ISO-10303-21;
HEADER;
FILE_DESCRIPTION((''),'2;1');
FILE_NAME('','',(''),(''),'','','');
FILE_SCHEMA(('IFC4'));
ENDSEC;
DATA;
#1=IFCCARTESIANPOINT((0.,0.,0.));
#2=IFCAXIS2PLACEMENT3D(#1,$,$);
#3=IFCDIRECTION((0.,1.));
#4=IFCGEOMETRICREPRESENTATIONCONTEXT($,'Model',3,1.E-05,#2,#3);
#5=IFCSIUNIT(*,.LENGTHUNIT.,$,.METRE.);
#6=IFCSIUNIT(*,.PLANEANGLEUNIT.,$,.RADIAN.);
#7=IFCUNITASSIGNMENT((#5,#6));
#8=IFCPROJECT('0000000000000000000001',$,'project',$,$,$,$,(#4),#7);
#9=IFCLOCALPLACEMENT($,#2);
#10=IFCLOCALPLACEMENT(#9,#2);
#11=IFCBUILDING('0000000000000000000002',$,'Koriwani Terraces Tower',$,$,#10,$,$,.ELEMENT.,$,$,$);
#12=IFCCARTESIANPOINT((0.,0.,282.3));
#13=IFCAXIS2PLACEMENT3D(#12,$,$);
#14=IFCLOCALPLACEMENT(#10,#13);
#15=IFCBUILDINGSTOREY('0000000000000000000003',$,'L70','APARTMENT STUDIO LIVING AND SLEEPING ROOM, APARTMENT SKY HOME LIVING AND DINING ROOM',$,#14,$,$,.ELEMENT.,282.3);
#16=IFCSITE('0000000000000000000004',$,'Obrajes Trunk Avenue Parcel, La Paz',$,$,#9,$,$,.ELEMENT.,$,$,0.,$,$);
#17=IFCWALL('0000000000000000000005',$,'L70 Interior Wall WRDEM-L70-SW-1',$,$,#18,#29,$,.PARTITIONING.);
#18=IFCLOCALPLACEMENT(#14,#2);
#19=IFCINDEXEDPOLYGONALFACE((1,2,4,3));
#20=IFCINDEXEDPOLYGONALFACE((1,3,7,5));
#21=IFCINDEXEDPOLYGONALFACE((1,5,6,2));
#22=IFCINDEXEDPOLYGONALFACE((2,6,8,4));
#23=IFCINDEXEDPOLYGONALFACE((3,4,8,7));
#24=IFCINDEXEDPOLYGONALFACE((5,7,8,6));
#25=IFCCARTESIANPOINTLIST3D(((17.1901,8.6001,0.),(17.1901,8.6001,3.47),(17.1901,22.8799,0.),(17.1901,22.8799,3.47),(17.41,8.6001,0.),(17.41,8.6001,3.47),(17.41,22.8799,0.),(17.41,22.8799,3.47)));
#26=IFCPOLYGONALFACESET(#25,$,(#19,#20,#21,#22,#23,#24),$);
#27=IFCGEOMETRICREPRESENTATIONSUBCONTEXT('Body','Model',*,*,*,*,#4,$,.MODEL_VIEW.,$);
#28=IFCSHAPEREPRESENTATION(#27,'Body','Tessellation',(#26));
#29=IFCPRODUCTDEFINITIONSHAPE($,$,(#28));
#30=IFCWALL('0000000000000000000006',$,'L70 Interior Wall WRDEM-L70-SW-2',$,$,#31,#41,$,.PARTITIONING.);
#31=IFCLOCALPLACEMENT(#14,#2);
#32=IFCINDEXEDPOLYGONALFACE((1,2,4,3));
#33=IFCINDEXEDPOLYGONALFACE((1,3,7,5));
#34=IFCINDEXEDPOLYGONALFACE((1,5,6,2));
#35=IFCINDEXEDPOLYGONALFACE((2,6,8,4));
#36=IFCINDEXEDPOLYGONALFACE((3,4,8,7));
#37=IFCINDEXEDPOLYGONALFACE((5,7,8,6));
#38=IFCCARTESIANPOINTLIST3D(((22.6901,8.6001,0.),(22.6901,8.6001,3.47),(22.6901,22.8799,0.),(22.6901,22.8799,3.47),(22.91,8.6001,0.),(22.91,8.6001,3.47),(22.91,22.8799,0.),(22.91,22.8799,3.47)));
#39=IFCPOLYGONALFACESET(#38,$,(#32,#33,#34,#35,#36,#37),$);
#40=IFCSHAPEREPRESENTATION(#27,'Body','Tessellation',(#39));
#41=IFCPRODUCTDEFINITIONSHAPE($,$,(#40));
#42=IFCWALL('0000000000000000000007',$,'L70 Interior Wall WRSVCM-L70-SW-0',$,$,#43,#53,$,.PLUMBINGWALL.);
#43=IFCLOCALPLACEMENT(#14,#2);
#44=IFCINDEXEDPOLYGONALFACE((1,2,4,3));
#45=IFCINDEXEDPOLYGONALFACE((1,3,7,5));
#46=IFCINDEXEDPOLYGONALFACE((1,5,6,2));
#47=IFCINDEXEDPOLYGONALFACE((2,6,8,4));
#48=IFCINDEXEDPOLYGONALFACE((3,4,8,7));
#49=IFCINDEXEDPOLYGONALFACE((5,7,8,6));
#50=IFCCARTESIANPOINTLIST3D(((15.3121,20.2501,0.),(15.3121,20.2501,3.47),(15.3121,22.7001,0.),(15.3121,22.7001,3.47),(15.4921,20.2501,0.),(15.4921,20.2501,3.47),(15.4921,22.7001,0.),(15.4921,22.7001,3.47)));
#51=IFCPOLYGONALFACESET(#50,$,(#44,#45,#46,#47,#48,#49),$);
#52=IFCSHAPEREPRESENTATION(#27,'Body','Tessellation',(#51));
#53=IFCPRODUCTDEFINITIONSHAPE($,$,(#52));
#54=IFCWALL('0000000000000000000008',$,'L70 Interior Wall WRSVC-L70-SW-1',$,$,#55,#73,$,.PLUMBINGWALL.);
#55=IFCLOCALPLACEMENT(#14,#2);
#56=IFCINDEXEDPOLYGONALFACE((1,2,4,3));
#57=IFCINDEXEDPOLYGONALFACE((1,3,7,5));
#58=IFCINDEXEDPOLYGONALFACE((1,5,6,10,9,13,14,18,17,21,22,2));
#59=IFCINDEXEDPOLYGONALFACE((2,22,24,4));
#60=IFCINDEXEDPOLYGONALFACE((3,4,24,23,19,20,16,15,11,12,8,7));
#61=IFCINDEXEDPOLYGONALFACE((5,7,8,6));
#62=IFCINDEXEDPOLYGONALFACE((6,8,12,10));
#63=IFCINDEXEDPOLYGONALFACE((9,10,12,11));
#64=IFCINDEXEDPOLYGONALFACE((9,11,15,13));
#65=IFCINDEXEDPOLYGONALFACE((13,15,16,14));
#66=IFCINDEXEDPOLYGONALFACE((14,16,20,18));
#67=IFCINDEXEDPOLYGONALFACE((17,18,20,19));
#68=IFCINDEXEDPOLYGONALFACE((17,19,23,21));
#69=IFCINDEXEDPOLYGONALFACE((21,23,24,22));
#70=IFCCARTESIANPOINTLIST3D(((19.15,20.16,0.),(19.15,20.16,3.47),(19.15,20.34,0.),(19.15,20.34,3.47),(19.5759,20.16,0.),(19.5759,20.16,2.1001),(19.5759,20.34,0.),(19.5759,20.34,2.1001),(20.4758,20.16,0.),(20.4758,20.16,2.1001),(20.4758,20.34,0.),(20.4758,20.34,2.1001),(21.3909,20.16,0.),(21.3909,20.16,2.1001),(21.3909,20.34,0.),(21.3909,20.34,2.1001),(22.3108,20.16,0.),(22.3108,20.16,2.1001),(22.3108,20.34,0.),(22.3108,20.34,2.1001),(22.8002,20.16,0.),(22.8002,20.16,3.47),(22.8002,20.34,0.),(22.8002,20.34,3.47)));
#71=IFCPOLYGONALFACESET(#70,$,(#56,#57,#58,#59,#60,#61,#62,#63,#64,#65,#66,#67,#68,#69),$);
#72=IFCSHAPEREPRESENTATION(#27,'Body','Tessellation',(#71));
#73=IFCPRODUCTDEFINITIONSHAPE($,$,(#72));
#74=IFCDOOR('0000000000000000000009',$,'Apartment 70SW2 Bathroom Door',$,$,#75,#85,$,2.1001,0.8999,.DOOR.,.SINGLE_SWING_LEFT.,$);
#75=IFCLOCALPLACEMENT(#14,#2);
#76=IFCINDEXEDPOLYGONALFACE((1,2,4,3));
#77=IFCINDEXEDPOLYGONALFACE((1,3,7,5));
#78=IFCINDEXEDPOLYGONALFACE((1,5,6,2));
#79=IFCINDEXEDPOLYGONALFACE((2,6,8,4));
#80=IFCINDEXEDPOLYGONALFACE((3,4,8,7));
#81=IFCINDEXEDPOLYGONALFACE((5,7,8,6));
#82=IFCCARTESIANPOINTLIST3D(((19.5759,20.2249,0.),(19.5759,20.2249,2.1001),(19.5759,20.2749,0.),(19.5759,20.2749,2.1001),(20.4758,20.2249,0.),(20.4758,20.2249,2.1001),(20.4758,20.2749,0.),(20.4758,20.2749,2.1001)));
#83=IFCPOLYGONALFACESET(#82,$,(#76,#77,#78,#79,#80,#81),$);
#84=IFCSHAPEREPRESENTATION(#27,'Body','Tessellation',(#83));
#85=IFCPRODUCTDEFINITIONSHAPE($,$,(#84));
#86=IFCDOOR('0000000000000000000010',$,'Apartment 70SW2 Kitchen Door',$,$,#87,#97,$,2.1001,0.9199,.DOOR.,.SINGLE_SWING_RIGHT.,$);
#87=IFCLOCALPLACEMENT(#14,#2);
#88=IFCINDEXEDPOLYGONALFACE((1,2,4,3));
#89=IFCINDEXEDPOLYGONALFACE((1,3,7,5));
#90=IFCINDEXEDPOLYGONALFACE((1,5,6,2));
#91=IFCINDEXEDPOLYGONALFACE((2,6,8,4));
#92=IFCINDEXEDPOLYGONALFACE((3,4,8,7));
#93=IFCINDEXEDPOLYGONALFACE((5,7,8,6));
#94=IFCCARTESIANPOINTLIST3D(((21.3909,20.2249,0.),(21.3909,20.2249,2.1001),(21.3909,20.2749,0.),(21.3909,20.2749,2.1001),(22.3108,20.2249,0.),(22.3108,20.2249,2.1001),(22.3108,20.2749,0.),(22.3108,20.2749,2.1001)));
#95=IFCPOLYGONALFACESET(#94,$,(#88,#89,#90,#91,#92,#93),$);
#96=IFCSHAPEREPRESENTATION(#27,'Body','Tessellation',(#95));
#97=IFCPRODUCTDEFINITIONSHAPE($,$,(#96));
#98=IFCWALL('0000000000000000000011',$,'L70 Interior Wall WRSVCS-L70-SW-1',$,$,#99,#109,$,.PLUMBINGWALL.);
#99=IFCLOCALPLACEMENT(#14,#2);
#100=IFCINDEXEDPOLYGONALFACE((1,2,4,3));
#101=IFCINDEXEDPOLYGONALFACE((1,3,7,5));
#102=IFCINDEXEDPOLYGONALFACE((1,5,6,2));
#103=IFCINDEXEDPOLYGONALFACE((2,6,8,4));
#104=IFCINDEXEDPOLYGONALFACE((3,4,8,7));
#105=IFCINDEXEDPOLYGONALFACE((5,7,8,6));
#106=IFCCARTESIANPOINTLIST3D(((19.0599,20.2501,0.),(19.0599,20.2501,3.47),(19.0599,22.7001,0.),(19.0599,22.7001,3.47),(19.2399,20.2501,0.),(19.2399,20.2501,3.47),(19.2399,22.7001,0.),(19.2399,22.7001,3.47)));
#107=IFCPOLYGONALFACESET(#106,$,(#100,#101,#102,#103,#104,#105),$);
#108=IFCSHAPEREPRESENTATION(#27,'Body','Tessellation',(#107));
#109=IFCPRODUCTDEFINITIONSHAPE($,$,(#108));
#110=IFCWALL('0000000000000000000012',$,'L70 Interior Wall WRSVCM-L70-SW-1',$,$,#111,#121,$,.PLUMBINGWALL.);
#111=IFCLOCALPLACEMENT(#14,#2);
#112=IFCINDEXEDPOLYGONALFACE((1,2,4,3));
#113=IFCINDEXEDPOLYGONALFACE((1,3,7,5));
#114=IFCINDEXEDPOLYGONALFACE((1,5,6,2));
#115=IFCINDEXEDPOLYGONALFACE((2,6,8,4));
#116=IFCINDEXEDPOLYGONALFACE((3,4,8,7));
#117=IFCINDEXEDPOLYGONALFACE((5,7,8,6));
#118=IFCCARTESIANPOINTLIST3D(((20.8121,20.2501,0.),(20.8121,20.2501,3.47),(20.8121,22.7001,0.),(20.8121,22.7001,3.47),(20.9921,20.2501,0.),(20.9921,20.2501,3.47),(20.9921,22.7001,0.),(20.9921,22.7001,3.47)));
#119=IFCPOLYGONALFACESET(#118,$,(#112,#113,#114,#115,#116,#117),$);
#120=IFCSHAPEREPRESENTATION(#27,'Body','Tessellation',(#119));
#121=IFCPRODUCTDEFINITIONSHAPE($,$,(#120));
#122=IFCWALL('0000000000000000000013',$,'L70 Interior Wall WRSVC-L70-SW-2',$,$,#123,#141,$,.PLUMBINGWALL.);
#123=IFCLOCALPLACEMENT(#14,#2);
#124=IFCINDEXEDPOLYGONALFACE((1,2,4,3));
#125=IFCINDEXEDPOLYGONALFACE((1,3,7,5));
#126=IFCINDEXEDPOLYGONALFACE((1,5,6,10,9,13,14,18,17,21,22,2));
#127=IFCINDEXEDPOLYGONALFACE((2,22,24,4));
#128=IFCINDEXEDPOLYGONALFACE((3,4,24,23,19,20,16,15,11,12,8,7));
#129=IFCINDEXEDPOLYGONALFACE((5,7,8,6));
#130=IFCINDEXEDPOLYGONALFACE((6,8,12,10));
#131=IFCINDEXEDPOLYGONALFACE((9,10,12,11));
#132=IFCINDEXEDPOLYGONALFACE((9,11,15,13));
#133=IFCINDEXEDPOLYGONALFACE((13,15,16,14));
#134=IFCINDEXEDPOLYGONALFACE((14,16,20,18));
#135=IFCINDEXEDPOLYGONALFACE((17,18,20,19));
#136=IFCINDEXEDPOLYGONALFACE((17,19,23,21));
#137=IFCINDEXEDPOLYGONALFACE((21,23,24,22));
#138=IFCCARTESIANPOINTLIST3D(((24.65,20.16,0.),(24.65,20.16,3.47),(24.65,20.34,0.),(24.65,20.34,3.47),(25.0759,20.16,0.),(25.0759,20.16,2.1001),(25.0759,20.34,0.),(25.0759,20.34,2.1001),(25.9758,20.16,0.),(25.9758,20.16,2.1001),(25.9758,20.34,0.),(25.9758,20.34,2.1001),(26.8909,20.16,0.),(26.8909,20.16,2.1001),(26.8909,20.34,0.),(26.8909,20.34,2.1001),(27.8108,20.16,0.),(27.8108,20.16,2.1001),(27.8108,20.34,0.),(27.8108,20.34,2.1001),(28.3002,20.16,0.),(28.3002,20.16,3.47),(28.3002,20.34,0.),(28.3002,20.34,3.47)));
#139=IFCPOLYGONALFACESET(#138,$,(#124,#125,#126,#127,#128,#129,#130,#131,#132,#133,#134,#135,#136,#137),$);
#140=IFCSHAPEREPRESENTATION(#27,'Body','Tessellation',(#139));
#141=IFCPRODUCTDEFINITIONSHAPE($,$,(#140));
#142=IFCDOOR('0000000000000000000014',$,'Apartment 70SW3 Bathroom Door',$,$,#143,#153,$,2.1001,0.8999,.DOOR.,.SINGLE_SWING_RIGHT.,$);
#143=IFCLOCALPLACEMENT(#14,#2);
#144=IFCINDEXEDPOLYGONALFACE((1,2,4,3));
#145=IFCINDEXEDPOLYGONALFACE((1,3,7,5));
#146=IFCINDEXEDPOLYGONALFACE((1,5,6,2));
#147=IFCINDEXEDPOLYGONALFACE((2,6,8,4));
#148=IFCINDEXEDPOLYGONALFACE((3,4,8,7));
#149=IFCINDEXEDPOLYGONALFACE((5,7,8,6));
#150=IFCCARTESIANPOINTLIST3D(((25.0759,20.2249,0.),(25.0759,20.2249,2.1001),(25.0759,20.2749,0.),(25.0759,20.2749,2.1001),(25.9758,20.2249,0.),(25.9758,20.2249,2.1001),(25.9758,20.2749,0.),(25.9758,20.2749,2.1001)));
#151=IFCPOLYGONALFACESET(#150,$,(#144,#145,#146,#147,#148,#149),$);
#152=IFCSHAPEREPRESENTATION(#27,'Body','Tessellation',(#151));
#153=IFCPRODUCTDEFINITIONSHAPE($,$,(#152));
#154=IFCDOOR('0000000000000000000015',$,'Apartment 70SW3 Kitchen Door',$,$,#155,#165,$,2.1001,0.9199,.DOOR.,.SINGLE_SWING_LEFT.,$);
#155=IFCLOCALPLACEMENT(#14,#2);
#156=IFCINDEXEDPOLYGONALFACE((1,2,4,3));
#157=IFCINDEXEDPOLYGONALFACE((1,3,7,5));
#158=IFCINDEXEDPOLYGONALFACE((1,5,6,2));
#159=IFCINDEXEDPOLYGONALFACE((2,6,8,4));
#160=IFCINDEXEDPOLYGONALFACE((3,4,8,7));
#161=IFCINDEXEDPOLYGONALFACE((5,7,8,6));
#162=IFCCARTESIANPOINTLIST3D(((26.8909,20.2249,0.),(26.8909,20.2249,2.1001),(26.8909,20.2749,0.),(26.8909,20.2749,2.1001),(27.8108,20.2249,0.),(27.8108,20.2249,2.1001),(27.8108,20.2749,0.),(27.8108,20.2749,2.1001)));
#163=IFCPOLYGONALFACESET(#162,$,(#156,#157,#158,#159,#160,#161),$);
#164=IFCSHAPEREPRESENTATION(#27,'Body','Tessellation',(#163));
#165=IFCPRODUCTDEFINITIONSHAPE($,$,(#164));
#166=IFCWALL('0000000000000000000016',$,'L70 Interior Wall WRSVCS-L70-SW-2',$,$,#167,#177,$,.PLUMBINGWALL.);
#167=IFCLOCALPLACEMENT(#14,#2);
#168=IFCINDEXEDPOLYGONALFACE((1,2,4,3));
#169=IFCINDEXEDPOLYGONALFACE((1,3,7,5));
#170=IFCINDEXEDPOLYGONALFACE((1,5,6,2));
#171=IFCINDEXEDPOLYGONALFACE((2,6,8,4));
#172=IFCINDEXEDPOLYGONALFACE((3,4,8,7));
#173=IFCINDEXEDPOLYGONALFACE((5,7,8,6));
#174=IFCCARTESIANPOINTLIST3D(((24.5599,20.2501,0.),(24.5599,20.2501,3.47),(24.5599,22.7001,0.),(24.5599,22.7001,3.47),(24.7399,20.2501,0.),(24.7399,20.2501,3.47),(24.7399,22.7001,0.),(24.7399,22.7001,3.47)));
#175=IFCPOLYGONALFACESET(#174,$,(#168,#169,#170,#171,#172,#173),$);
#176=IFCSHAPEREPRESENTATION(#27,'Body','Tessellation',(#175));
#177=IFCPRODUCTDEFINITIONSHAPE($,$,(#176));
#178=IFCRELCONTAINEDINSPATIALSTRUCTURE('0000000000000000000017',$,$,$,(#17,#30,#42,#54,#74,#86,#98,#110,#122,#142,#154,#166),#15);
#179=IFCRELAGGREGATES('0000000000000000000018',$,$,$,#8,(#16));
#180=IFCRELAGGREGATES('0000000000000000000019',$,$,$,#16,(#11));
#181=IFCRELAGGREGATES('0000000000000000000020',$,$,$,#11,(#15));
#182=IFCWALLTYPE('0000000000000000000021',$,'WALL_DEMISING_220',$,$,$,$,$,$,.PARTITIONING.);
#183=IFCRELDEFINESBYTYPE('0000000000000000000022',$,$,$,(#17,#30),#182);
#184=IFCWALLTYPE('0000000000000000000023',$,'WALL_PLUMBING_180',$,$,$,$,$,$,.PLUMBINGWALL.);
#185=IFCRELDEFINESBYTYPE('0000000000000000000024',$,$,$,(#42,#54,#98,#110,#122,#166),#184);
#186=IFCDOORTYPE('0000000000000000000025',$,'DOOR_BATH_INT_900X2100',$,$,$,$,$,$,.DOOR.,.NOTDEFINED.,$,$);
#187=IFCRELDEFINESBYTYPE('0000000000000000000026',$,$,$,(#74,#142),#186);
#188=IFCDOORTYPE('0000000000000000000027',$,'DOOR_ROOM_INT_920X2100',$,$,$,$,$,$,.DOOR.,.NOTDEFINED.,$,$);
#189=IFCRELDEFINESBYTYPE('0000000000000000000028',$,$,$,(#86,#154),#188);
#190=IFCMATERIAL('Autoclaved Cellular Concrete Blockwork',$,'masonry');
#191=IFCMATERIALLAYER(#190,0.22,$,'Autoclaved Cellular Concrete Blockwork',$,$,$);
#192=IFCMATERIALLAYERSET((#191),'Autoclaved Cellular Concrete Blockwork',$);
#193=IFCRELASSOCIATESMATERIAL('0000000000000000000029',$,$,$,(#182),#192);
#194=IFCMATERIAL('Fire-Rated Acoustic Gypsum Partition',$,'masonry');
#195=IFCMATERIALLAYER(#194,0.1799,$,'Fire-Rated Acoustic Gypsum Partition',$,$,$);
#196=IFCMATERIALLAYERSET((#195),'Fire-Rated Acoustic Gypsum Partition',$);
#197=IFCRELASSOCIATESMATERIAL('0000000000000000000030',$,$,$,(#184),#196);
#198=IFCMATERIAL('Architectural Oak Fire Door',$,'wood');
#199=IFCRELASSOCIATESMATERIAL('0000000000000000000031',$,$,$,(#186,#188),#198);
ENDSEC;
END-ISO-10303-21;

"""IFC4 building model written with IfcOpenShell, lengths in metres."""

from ifc_helpers import new_model, si_unit, direction, frame, frame_2d, origin, place, context, subcontext, project, spatial, rectangle, extrude, material, layer, layer_set, type_object, element, fill, save


model = new_model("IFC4")

# Units and contexts
model_context = context("Model", 3, precision=1e-05, world=origin(), true_north=direction((0.0, 1.0)))
body_context = subcontext(model_context, "Body", "Model", "MODEL_VIEW")
ifc_project = project(units=[si_unit("LENGTHUNIT", "METRE"), si_unit("PLANEANGLEUNIT", "RADIAN")], contexts=[model_context])

# Site, building, storey
site_placement = place(None, origin())
site = spatial("IfcSite", under=ifc_project, at=site_placement, Name="Obrajes Trunk Avenue Parcel, La Paz", CompositionType="ELEMENT", RefElevation=0.0)
building_placement = place(site_placement, origin())
building = spatial("IfcBuilding", under=site, at=building_placement, Name="Koriwani Terraces Tower", CompositionType="ELEMENT")
storey_placement = place(building_placement, frame((0.0, 0.0, 282.3)))
storey = spatial("IfcBuildingStorey", under=building, at=storey_placement, Name="L70", Description="APARTMENT STUDIO LIVING AND SLEEPING ROOM, APARTMENT SKY HOME LIVING AND DINING ROOM", CompositionType="ELEMENT", Elevation=282.3)

# Walls
ifc_material_1 = material(Name="Autoclaved Cellular Concrete Blockwork", Category="masonry")
ifc_layer_1 = layer(ifc_material_1, 0.22, Name="Autoclaved Cellular Concrete Blockwork")
ifc_layer_set_1 = layer_set([ifc_layer_1], Name="Autoclaved Cellular Concrete Blockwork")
wall_type_1 = type_object("IfcWallType", Name="WALL_DEMISING_220", PredefinedType="PARTITIONING", material=ifc_layer_set_1)
for number, where, z_axis, x_axis, name in (
    (1, (17.3, 8.6001, 0.0), (0.0, 0.0, 1.0), (0.0, 1.0, 0.0), "L70 Interior Wall WRDEM-L70-SW-1"),
    (2, (22.8, 8.6001, 0.0), (0.0, 0.0, 1.0), (0.0, 1.0, 0.0), "L70 Interior Wall WRDEM-L70-SW-2"),
):
    element("IfcWall", number, at=place(storey_placement, frame(where, z_axis=z_axis, x_axis=x_axis)), inside=storey, type_object=wall_type_1, Name=name, PredefinedType="PARTITIONING", context=body_context, shape_type="SweptSolid", body=[
        extrude(rectangle(XDim=14.2798, YDim=0.22, at=frame_2d((7.1399, 0.0))), origin(), (0.0, 0.0, 1.0), 3.47),
    ])
ifc_material_2 = material(Name="Fire-Rated Acoustic Gypsum Partition", Category="masonry")
ifc_layer_2 = layer(ifc_material_2, 0.1799, Name="Fire-Rated Acoustic Gypsum Partition")
ifc_layer_set_2 = layer_set([ifc_layer_2], Name="Fire-Rated Acoustic Gypsum Partition")
wall_type_2 = type_object("IfcWallType", Name="WALL_PLUMBING_180", PredefinedType="PLUMBINGWALL", material=ifc_layer_set_2)
wall_1_placement = place(storey_placement, frame((15.4021, 20.25, 0.0), z_axis=(0.0, 0.0, 1.0), x_axis=(0.0, 1.0, 0.0)))
element("IfcWall", 3, at=wall_1_placement, inside=storey, type_object=wall_type_2, Name="L70 Interior Wall WRSVCM-L70-SW-0", PredefinedType="PLUMBINGWALL", context=body_context, shape_type="SweptSolid", body=[
    extrude(rectangle(XDim=2.45, YDim=0.1799, at=frame_2d((1.2251, 0.0))), origin(), (0.0, 0.0, 1.0), 3.47),
])

# Wall, openings, doors
wall_2_placement = place(storey_placement, frame((19.1499, 20.25, 0.0), z_axis=(0.0, 0.0, 1.0), x_axis=(1.0, 0.0, 0.0)))
wall_2 = element("IfcWall", 4, at=wall_2_placement, inside=storey, type_object=wall_type_2, Name="L70 Interior Wall WRSVC-L70-SW-1", PredefinedType="PLUMBINGWALL", context=body_context, shape_type="SweptSolid", body=[
    extrude(rectangle(XDim=3.6501, YDim=0.1799, at=frame_2d((1.8252, 0.0))), origin(), (0.0, 0.0, 1.0), 3.47),
])
opening_1_placement = place(wall_2_placement, frame((0.426, 0.0, 0.0)))
opening_1 = element("IfcOpeningElement", 5, at=opening_1_placement, cuts=wall_2, PredefinedType="OPENING", context=body_context, shape_type="SweptSolid", body=[
    extrude(rectangle(XDim=0.8999, YDim=2.1001, at=frame_2d((0.45, 1.05))), frame((0.0, 0.1001, 0.0), z_axis=(0.0, -1.0, 0.0), x_axis=(1.0, 0.0, 0.0)), (0.0, 0.0, 1.0), 0.2),
])
opening_2_placement = place(wall_2_placement, frame((2.241, 0.0, 0.0)))
opening_2 = element("IfcOpeningElement", 6, at=opening_2_placement, cuts=wall_2, PredefinedType="OPENING", context=body_context, shape_type="SweptSolid", body=[
    extrude(rectangle(XDim=0.9199, YDim=2.1001, at=frame_2d((0.46, 1.05))), frame((0.0, 0.1001, 0.0), z_axis=(0.0, -1.0, 0.0), x_axis=(1.0, 0.0, 0.0)), (0.0, 0.0, 1.0), 0.2),
])
ifc_material_3 = material(Name="Architectural Oak Fire Door", Category="wood")
door_type_1 = type_object("IfcDoorType", Name="DOOR_BATH_INT_900X2100", OperationType="NOTDEFINED", PredefinedType="DOOR", material=ifc_material_3)
door_1_placement = place(opening_1_placement, origin())
door_1 = element("IfcDoor", 7, at=door_1_placement, inside=storey, type_object=door_type_1, Name="Apartment 70SW2 Bathroom Door", OperationType="SINGLE_SWING_LEFT", OverallHeight=2.1001, OverallWidth=0.8999, PredefinedType="DOOR", context=body_context, shape_type="SweptSolid", body=[
    extrude(rectangle(XDim=0.8999, YDim=2.1001, at=frame_2d((0.45, 1.05))), frame((0.0, 0.0249, 0.0), z_axis=(0.0, -1.0, 0.0), x_axis=(1.0, 0.0, 0.0)), (0.0, 0.0, 1.0), 0.05),
])
fill(opening_1, door_1)
door_type_2 = type_object("IfcDoorType", Name="DOOR_ROOM_INT_920X2100", OperationType="NOTDEFINED", PredefinedType="DOOR", material=ifc_material_3)
door_2_placement = place(opening_2_placement, origin())
door_2 = element("IfcDoor", 8, at=door_2_placement, inside=storey, type_object=door_type_2, Name="Apartment 70SW2 Kitchen Door", OperationType="SINGLE_SWING_RIGHT", OverallHeight=2.1001, OverallWidth=0.9199, PredefinedType="DOOR", context=body_context, shape_type="SweptSolid", body=[
    extrude(rectangle(XDim=0.9199, YDim=2.1001, at=frame_2d((0.46, 1.05))), frame((0.0, 0.0249, 0.0), z_axis=(0.0, -1.0, 0.0), x_axis=(1.0, 0.0, 0.0)), (0.0, 0.0, 1.0), 0.05),
])
fill(opening_2, door_2)

# Walls
for number, where, z_axis, x_axis, name in (
    (9, (19.1499, 20.25, 0.0), (0.0, 0.0, 1.0), (0.0, 1.0, 0.0), "L70 Interior Wall WRSVCS-L70-SW-1"),
    (10, (20.9021, 20.25, 0.0), (0.0, 0.0, 1.0), (0.0, 1.0, 0.0), "L70 Interior Wall WRSVCM-L70-SW-1"),
):
    element("IfcWall", number, at=place(storey_placement, frame(where, z_axis=z_axis, x_axis=x_axis)), inside=storey, type_object=wall_type_2, Name=name, PredefinedType="PLUMBINGWALL", context=body_context, shape_type="SweptSolid", body=[
        extrude(rectangle(XDim=2.45, YDim=0.1799, at=frame_2d((1.2251, 0.0))), origin(), (0.0, 0.0, 1.0), 3.47),
    ])

# Wall, openings, doors
wall_3_placement = place(storey_placement, frame((24.6499, 20.25, 0.0), z_axis=(0.0, 0.0, 1.0), x_axis=(1.0, 0.0, 0.0)))
wall_3 = element("IfcWall", 11, at=wall_3_placement, inside=storey, type_object=wall_type_2, Name="L70 Interior Wall WRSVC-L70-SW-2", PredefinedType="PLUMBINGWALL", context=body_context, shape_type="SweptSolid", body=[
    extrude(rectangle(XDim=3.6501, YDim=0.1799, at=frame_2d((1.8252, 0.0))), origin(), (0.0, 0.0, 1.0), 3.47),
])
opening_3_placement = place(wall_3_placement, frame((0.426, 0.0, 0.0)))
opening_3 = element("IfcOpeningElement", 12, at=opening_3_placement, cuts=wall_3, PredefinedType="OPENING", context=body_context, shape_type="SweptSolid", body=[
    extrude(rectangle(XDim=0.8999, YDim=2.1001, at=frame_2d((0.45, 1.05))), frame((0.0, 0.1001, 0.0), z_axis=(0.0, -1.0, 0.0), x_axis=(1.0, 0.0, 0.0)), (0.0, 0.0, 1.0), 0.2),
])
opening_4_placement = place(wall_3_placement, frame((2.241, 0.0, 0.0)))
opening_4 = element("IfcOpeningElement", 13, at=opening_4_placement, cuts=wall_3, PredefinedType="OPENING", context=body_context, shape_type="SweptSolid", body=[
    extrude(rectangle(XDim=0.9199, YDim=2.1001, at=frame_2d((0.46, 1.05))), frame((0.0, 0.1001, 0.0), z_axis=(0.0, -1.0, 0.0), x_axis=(1.0, 0.0, 0.0)), (0.0, 0.0, 1.0), 0.2),
])
door_3_placement = place(opening_3_placement, origin())
door_3 = element("IfcDoor", 14, at=door_3_placement, inside=storey, type_object=door_type_1, Name="Apartment 70SW3 Bathroom Door", OperationType="SINGLE_SWING_RIGHT", OverallHeight=2.1001, OverallWidth=0.8999, PredefinedType="DOOR", context=body_context, shape_type="SweptSolid", body=[
    extrude(rectangle(XDim=0.8999, YDim=2.1001, at=frame_2d((0.45, 1.05))), frame((0.0, 0.0249, 0.0), z_axis=(0.0, -1.0, 0.0), x_axis=(1.0, 0.0, 0.0)), (0.0, 0.0, 1.0), 0.05),
])
fill(opening_3, door_3)
door_4_placement = place(opening_4_placement, origin())
door_4 = element("IfcDoor", 15, at=door_4_placement, inside=storey, type_object=door_type_2, Name="Apartment 70SW3 Kitchen Door", OperationType="SINGLE_SWING_LEFT", OverallHeight=2.1001, OverallWidth=0.9199, PredefinedType="DOOR", context=body_context, shape_type="SweptSolid", body=[
    extrude(rectangle(XDim=0.9199, YDim=2.1001, at=frame_2d((0.46, 1.05))), frame((0.0, 0.0249, 0.0), z_axis=(0.0, -1.0, 0.0), x_axis=(1.0, 0.0, 0.0)), (0.0, 0.0, 1.0), 0.05),
])
fill(opening_4, door_4)

# Wall
wall_4_placement = place(storey_placement, frame((24.6499, 20.25, 0.0), z_axis=(0.0, 0.0, 1.0), x_axis=(0.0, 1.0, 0.0)))
element("IfcWall", 16, at=wall_4_placement, inside=storey, type_object=wall_type_2, Name="L70 Interior Wall WRSVCS-L70-SW-2", PredefinedType="PLUMBINGWALL", context=body_context, shape_type="SweptSolid", body=[
    extrude(rectangle(XDim=2.45, YDim=0.1799, at=frame_2d((1.2251, 0.0))), origin(), (0.0, 0.0, 1.0), 3.47),
])

save(model, "model.ifc")
